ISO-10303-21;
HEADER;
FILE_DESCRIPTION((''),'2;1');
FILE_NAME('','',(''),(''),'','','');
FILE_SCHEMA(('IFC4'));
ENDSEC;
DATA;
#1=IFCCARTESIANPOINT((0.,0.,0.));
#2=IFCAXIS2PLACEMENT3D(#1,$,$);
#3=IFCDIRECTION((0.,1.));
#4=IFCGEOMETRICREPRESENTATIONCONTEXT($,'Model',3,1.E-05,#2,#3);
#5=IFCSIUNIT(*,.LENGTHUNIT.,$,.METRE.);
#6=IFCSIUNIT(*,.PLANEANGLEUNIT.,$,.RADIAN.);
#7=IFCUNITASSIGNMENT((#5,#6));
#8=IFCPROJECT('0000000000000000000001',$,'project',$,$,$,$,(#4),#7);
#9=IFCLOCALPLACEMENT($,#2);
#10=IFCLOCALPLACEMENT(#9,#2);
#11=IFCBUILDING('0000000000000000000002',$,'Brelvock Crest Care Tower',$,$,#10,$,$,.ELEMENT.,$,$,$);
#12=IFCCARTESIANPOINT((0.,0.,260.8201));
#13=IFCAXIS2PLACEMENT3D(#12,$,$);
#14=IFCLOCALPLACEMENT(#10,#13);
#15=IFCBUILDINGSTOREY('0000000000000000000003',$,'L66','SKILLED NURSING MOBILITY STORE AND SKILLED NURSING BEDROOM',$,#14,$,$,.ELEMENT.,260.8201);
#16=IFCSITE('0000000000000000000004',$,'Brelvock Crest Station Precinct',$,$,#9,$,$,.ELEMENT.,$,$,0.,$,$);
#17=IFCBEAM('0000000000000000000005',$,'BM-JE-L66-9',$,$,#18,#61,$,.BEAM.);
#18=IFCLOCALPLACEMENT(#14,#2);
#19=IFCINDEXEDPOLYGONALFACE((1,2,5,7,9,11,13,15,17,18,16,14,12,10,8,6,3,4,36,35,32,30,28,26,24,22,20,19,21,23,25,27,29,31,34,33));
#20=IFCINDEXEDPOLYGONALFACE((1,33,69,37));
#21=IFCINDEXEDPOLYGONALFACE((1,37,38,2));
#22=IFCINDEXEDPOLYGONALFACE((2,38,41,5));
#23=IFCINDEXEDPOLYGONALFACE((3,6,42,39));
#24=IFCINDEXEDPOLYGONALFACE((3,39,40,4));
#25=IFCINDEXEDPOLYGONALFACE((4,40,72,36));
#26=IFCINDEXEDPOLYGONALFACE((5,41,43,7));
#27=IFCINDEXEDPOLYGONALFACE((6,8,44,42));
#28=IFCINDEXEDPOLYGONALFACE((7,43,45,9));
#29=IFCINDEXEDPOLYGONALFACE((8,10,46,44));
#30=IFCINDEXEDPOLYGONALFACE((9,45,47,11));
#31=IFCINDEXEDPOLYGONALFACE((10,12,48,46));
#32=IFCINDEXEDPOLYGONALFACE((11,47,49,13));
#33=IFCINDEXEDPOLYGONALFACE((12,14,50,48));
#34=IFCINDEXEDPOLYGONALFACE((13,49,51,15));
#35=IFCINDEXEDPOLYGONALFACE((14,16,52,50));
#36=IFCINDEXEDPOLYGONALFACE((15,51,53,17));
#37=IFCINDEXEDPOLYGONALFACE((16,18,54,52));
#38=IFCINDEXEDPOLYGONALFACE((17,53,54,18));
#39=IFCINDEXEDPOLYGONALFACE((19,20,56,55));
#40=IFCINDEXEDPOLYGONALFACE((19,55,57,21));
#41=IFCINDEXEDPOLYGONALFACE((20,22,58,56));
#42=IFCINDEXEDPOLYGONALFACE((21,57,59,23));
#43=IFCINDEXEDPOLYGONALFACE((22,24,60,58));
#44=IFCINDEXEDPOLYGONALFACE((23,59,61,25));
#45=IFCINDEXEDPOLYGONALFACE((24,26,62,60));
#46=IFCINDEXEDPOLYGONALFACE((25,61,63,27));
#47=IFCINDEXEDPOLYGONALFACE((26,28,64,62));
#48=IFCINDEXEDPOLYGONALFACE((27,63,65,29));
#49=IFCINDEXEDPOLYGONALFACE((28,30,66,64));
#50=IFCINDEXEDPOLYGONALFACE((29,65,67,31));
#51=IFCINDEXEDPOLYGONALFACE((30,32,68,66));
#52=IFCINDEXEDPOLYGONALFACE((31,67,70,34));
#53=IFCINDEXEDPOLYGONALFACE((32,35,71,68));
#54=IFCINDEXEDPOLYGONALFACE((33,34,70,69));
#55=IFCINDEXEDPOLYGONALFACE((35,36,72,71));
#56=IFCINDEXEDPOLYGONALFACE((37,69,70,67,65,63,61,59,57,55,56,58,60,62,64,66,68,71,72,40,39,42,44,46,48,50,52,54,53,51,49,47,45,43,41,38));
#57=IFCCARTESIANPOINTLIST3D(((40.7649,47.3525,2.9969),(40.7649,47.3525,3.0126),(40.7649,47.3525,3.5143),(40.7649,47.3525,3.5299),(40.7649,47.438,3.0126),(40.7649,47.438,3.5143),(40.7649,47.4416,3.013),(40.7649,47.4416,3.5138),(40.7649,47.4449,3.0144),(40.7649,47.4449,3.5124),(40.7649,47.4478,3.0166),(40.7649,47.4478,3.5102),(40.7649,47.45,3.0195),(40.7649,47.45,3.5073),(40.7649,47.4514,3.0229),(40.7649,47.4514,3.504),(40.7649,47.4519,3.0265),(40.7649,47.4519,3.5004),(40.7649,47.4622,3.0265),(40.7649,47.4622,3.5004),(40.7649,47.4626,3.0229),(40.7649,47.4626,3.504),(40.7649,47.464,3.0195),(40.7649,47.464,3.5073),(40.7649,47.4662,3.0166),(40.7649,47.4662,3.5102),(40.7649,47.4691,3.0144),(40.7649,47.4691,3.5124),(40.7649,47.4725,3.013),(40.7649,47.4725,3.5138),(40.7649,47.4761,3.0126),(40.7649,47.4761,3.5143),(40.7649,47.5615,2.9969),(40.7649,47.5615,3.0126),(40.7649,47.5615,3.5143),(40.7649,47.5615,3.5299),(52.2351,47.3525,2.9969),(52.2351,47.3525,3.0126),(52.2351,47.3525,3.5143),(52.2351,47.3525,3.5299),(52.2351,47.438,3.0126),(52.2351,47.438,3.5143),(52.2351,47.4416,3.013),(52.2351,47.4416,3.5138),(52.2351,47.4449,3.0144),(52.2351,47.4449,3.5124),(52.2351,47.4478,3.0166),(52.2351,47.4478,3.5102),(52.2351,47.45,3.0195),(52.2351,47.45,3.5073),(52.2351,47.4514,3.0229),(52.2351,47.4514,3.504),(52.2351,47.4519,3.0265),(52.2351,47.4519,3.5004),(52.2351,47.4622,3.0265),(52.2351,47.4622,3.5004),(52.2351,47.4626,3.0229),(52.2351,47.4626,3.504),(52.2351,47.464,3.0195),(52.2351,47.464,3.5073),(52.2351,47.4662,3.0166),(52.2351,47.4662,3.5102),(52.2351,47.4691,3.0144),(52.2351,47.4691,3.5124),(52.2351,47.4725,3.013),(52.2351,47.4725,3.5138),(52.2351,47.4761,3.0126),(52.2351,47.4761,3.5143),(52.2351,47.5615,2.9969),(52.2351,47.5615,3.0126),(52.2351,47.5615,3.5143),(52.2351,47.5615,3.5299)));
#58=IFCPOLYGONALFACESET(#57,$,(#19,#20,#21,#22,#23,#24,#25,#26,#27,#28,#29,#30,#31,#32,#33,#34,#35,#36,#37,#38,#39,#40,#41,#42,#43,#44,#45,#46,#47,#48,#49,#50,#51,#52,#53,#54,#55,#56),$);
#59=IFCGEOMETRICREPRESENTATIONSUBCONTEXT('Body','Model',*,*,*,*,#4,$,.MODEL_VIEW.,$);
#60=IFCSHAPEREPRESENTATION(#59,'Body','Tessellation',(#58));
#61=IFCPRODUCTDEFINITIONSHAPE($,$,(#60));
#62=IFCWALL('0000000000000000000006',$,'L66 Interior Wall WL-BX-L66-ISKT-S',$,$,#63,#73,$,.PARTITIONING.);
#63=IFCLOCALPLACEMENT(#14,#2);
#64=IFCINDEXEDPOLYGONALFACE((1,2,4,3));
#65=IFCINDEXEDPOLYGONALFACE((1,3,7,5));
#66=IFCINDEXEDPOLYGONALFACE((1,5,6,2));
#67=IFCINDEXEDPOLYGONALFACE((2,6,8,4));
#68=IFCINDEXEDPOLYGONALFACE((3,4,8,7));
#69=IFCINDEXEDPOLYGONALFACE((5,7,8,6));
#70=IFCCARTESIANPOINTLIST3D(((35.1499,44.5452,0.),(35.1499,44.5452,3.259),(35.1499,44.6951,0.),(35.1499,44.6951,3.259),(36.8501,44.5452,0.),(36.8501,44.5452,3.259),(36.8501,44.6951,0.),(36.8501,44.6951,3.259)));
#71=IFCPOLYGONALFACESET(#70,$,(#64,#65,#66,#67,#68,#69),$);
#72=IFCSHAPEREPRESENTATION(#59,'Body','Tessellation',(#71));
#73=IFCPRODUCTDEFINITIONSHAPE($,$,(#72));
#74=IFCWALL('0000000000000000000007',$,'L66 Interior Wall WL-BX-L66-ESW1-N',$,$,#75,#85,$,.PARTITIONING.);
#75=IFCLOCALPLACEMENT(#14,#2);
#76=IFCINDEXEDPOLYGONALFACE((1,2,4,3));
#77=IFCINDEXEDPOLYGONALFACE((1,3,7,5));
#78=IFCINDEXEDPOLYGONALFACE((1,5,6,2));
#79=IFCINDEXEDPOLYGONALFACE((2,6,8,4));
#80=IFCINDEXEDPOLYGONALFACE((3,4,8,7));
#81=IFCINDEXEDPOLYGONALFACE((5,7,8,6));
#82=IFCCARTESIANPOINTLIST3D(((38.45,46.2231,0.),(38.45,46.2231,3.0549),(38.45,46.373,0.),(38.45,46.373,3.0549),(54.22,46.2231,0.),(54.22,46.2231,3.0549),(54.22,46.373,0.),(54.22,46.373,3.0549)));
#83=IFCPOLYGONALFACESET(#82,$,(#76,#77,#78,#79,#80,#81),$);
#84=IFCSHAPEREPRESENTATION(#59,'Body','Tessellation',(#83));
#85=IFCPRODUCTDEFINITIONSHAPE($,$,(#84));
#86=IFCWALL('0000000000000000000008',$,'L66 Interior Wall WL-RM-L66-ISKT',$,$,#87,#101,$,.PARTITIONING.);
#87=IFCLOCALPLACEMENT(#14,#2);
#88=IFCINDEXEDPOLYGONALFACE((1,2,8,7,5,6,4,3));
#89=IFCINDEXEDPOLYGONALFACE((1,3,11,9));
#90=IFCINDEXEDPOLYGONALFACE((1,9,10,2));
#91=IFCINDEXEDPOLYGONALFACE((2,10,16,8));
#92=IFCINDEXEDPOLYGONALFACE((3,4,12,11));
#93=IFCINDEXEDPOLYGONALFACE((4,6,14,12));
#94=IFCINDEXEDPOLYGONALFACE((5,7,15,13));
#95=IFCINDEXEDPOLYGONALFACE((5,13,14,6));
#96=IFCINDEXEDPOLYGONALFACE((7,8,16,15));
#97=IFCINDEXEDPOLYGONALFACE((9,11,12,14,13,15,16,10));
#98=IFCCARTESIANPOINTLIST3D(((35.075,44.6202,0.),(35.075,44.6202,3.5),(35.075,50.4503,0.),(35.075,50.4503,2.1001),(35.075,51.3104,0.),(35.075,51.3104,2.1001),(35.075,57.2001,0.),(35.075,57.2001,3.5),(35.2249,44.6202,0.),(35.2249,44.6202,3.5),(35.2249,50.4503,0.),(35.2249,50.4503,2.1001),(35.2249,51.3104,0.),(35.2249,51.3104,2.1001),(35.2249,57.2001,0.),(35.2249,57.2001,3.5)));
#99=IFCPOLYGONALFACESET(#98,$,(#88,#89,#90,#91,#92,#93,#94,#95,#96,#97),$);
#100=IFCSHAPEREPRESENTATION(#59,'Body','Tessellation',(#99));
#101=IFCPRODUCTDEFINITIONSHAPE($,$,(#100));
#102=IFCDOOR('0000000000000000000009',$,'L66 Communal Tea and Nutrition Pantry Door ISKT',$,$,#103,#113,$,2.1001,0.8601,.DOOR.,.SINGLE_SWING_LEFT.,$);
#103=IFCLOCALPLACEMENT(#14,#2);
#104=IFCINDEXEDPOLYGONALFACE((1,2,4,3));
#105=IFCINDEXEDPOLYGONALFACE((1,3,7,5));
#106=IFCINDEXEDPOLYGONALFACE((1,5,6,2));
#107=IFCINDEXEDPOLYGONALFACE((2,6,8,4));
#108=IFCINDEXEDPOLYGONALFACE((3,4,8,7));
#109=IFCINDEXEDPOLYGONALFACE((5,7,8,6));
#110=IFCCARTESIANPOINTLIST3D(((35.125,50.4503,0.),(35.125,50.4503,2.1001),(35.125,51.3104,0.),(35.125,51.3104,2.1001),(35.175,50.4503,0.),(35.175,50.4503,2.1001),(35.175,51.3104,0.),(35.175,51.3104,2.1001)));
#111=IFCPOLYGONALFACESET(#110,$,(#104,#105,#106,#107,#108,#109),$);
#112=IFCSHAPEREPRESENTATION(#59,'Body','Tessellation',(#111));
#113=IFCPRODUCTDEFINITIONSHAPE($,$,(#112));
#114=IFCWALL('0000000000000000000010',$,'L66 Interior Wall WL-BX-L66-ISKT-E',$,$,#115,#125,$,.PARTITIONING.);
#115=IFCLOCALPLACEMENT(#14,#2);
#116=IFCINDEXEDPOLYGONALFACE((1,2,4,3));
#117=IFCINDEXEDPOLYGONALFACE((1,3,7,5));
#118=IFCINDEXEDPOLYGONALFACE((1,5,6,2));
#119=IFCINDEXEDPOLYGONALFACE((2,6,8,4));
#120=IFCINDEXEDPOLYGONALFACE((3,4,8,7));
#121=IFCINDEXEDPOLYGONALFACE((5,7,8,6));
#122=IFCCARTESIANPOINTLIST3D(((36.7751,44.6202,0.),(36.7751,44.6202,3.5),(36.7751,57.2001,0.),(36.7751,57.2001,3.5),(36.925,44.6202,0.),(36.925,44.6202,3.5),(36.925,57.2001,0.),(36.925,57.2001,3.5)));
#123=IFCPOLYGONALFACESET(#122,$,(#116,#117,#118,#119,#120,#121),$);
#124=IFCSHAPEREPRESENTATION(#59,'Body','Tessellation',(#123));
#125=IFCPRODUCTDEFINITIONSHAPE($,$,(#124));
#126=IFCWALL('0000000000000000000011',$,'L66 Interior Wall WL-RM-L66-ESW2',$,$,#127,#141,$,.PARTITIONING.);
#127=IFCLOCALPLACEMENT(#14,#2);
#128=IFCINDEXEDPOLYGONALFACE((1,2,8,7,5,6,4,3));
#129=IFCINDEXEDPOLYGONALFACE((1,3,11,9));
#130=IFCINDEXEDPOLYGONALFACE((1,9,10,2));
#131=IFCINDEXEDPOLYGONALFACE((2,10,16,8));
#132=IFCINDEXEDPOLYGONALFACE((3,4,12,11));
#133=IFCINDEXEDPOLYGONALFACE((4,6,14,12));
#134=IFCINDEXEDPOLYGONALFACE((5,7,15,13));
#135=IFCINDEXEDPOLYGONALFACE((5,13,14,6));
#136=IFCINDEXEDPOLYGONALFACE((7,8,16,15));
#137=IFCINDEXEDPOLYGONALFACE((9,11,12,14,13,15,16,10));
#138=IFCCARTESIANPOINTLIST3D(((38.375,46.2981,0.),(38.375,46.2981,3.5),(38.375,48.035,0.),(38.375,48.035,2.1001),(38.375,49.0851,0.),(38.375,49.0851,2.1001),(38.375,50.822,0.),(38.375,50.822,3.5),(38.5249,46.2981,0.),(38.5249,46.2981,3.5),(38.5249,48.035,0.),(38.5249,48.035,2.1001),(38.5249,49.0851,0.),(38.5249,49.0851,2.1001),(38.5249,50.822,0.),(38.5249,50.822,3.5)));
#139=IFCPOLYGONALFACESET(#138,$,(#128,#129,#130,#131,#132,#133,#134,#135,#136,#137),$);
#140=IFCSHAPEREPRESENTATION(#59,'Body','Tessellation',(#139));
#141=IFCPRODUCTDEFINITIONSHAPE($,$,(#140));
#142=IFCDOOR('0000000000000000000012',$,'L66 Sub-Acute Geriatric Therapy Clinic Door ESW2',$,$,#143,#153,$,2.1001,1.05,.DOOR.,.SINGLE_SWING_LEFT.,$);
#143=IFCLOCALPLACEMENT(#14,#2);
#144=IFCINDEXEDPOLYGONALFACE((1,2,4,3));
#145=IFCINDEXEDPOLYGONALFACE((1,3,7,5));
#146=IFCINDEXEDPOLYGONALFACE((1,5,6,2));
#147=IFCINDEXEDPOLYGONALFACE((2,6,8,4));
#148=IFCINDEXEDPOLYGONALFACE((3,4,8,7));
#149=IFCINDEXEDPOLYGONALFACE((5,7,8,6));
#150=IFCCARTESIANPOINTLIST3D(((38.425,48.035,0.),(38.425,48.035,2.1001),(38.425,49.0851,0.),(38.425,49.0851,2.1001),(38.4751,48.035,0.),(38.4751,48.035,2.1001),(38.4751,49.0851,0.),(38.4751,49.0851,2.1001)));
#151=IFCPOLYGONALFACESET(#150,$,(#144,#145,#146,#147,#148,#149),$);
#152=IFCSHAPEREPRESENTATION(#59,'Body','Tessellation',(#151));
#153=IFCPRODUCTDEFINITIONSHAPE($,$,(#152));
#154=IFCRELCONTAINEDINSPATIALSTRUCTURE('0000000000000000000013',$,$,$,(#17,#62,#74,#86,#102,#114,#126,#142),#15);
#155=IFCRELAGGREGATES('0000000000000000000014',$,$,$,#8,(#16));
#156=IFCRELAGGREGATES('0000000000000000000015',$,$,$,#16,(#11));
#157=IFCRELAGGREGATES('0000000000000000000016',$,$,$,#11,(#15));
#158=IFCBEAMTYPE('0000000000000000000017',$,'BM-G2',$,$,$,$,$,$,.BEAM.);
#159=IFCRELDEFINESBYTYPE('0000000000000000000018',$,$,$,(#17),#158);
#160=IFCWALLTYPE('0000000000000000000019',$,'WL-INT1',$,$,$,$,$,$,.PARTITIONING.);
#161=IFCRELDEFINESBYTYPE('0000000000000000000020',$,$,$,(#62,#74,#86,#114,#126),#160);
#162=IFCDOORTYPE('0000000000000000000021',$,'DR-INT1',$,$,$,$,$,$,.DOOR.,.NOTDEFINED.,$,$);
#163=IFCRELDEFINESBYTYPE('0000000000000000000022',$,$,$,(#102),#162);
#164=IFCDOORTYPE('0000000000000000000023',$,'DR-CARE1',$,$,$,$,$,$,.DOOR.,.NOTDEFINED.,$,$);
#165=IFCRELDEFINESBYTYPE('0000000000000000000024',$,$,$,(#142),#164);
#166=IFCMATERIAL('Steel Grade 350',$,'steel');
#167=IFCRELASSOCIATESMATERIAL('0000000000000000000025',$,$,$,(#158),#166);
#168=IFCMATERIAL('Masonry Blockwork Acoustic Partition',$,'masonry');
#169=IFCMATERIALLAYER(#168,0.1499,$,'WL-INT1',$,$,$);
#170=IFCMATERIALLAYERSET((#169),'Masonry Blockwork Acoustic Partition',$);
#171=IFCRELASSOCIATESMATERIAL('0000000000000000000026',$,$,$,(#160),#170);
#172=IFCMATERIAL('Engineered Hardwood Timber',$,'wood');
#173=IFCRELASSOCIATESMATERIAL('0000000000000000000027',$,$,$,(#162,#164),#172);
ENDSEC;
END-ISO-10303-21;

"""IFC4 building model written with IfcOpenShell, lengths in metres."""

from ifc_helpers import new_model, si_unit, direction, frame, frame_2d, origin, origin_2d, place, context, subcontext, project, spatial, rectangle, i_section, extrude, source, transform, mapped, material, layer, layer_set, material_profile, profile_set, type_object, element, fill, save


model = new_model("IFC4")

# Units and contexts
model_context = context("Model", 3, precision=1e-05, world=origin(), true_north=direction((0.0, 1.0)))
body_context = subcontext(model_context, "Body", "Model", "MODEL_VIEW")
ifc_project = project(units=[si_unit("LENGTHUNIT", "METRE"), si_unit("PLANEANGLEUNIT", "RADIAN")], contexts=[model_context])

# Site, building, storey
site_placement = place(None, origin())
site = spatial("IfcSite", under=ifc_project, at=site_placement, Name="Brelvock Crest Station Precinct", CompositionType="ELEMENT", RefElevation=0.0)
building_placement = place(site_placement, origin())
building = spatial("IfcBuilding", under=site, at=building_placement, Name="Brelvock Crest Care Tower", CompositionType="ELEMENT")
storey_placement = place(building_placement, frame((0.0, 0.0, 260.8201)))
storey = spatial("IfcBuildingStorey", under=building, at=storey_placement, Name="L66", Description="SKILLED NURSING MOBILITY STORE AND SKILLED NURSING BEDROOM", CompositionType="ELEMENT", Elevation=260.8201)

# Beam
ifc_material_1 = material(Name="Steel Grade 350", Category="steel")
ifc_material_profile_1 = material_profile(ifc_material_1, i_section(OverallWidth=0.209, OverallDepth=0.533, WebThickness=0.0103, FlangeThickness=0.0156, FilletRadius=0.0139, at=origin_2d()), Name="530UB92.4")
ifc_profile_set_1 = profile_set([ifc_material_profile_1], Name="Steel Grade 350")
beam_type_1 = type_object("IfcBeamType", Name="BM-G2", PredefinedType="BEAM", material=ifc_profile_set_1)
shared_shape_1 = source(origin(), body_context, "Body", "SweptSolid", [
    extrude(i_section(OverallWidth=0.209, OverallDepth=0.533, WebThickness=0.0103, FlangeThickness=0.0156, FilletRadius=0.0139, at=origin_2d()), origin(), (0.0, 0.0, 1.0), 11.4702),
])
for number, where, z_axis, x_axis, name in (
    (1, (40.7649, 47.457, 3.2634), (1.0, 0.0, 0.0), (0.0, 1.0, 0.0), "BM-JE-L66-9"),
):
    element("IfcBeam", number, at=place(storey_placement, frame(where, z_axis=z_axis, x_axis=x_axis)), inside=storey, type_object=beam_type_1, Name=name, PredefinedType="BEAM", context=body_context, shape_type="MappedRepresentation", body=[
        mapped(shared_shape_1, transform((0.0, 0.0, 0.0), x_axis=(1.0, 0.0, 0.0), y_axis=(0.0, 1.0, 0.0), z_axis=(0.0, 0.0, 1.0), scale=1.0)),
    ])

# Walls
ifc_material_2 = material(Name="Masonry Blockwork Acoustic Partition", Category="masonry")
ifc_layer_1 = layer(ifc_material_2, 0.1499, Name="WL-INT1")
ifc_layer_set_1 = layer_set([ifc_layer_1], Name="Masonry Blockwork Acoustic Partition")
wall_type_1 = type_object("IfcWallType", Name="WL-INT1", PredefinedType="PARTITIONING", material=ifc_layer_set_1)
wall_1_placement = place(storey_placement, frame((35.1499, 44.6201, 0.0), z_axis=(0.0, 0.0, 1.0), x_axis=(1.0, 0.0, 0.0)))
element("IfcWall", 2, at=wall_1_placement, inside=storey, type_object=wall_type_1, Name="L66 Interior Wall WL-BX-L66-ISKT-S", PredefinedType="PARTITIONING", context=body_context, shape_type="SweptSolid", body=[
    extrude(rectangle(XDim=1.7002, YDim=0.1499, at=frame_2d((0.8501, 0.0))), origin(), (0.0, 0.0, 1.0), 3.259),
])
wall_2_placement = place(storey_placement, frame((38.45, 46.2981, 0.0), z_axis=(0.0, 0.0, 1.0), x_axis=(1.0, 0.0, 0.0)))
element("IfcWall", 3, at=wall_2_placement, inside=storey, type_object=wall_type_1, Name="L66 Interior Wall WL-BX-L66-ESW1-N", PredefinedType="PARTITIONING", context=body_context, shape_type="SweptSolid", body=[
    extrude(rectangle(XDim=15.77, YDim=0.1499, at=frame_2d((7.885, 0.0))), origin(), (0.0, 0.0, 1.0), 3.0549),
])

# Wall, opening, door
wall_3_placement = place(storey_placement, frame((35.1499, 44.6201, 0.0), z_axis=(0.0, 0.0, 1.0), x_axis=(0.0, 1.0, 0.0)))
wall_3 = element("IfcWall", 4, at=wall_3_placement, inside=storey, type_object=wall_type_1, Name="L66 Interior Wall WL-RM-L66-ISKT", PredefinedType="PARTITIONING", context=body_context, shape_type="SweptSolid", body=[
    extrude(rectangle(XDim=12.5798, YDim=0.1499, at=frame_2d((6.29, 0.0))), origin(), (0.0, 0.0, 1.0), 3.5),
])
opening_1_placement = place(wall_3_placement, frame((5.8301, 0.0, 0.0)))
opening_1 = element("IfcOpeningElement", 5, at=opening_1_placement, cuts=wall_3, PredefinedType="OPENING", context=body_context, shape_type="SweptSolid", body=[
    extrude(rectangle(XDim=0.8601, YDim=2.1001, at=origin_2d()), frame((0.4302, 0.085, 1.05), z_axis=(0.0, -1.0, 0.0), x_axis=(1.0, 0.0, 0.0)), (0.0, 0.0, 1.0), 0.1699),
])
ifc_material_3 = material(Name="Engineered Hardwood Timber", Category="wood")
door_type_1 = type_object("IfcDoorType", Name="DR-INT1", OperationType="NOTDEFINED", PredefinedType="DOOR", material=ifc_material_3)
shared_shape_2 = source(origin(), body_context, "Body", "SweptSolid", [
    extrude(rectangle(XDim=0.8601, YDim=2.1001, at=origin_2d()), frame((0.4302, 0.0249, 1.05), z_axis=(0.0, -1.0, 0.0), x_axis=(1.0, 0.0, 0.0)), (0.0, 0.0, 1.0), 0.05),
])
door_1_placement = place(opening_1_placement, origin())
door_1 = element("IfcDoor", 6, at=door_1_placement, inside=storey, type_object=door_type_1, Name="L66 Communal Tea and Nutrition Pantry Door ISKT", OperationType="SINGLE_SWING_LEFT", OverallHeight=2.1001, OverallWidth=0.8601, PredefinedType="DOOR", context=body_context, shape_type="MappedRepresentation", body=[
    mapped(shared_shape_2, transform((0.0, 0.0, 0.0), x_axis=(1.0, 0.0, 0.0), y_axis=(0.0, 1.0, 0.0), z_axis=(0.0, 0.0, 1.0), scale=1.0)),
])
fill(opening_1, door_1)

# Wall
wall_4_placement = place(storey_placement, frame((36.8501, 44.6201, 0.0), z_axis=(0.0, 0.0, 1.0), x_axis=(0.0, 1.0, 0.0)))
element("IfcWall", 7, at=wall_4_placement, inside=storey, type_object=wall_type_1, Name="L66 Interior Wall WL-BX-L66-ISKT-E", PredefinedType="PARTITIONING", context=body_context, shape_type="SweptSolid", body=[
    extrude(rectangle(XDim=12.5798, YDim=0.1499, at=frame_2d((6.29, 0.0))), origin(), (0.0, 0.0, 1.0), 3.5),
])

# Wall, opening, door
wall_5_placement = place(storey_placement, frame((38.45, 46.2981, 0.0), z_axis=(0.0, 0.0, 1.0), x_axis=(0.0, 1.0, 0.0)))
wall_5 = element("IfcWall", 8, at=wall_5_placement, inside=storey, type_object=wall_type_1, Name="L66 Interior Wall WL-RM-L66-ESW2", PredefinedType="PARTITIONING", context=body_context, shape_type="SweptSolid", body=[
    extrude(rectangle(XDim=4.5239, YDim=0.1499, at=frame_2d((2.262, 0.0))), origin(), (0.0, 0.0, 1.0), 3.5),
])
opening_2_placement = place(wall_5_placement, frame((1.7371, 0.0, 0.0)))
opening_2 = element("IfcOpeningElement", 9, at=opening_2_placement, cuts=wall_5, PredefinedType="OPENING", context=body_context, shape_type="SweptSolid", body=[
    extrude(rectangle(XDim=1.05, YDim=2.1001, at=origin_2d()), frame((0.5249, 0.085, 1.05), z_axis=(0.0, -1.0, 0.0), x_axis=(1.0, 0.0, 0.0)), (0.0, 0.0, 1.0), 0.1699),
])
door_type_2 = type_object("IfcDoorType", Name="DR-CARE1", OperationType="NOTDEFINED", PredefinedType="DOOR", material=ifc_material_3)
shared_shape_3 = source(origin(), body_context, "Body", "SweptSolid", [
    extrude(rectangle(XDim=1.05, YDim=2.1001, at=origin_2d()), frame((0.5249, 0.0249, 1.05), z_axis=(0.0, -1.0, 0.0), x_axis=(1.0, 0.0, 0.0)), (0.0, 0.0, 1.0), 0.05),
])
door_2_placement = place(opening_2_placement, origin())
door_2 = element("IfcDoor", 10, at=door_2_placement, inside=storey, type_object=door_type_2, Name="L66 Sub-Acute Geriatric Therapy Clinic Door ESW2", OperationType="SINGLE_SWING_LEFT", OverallHeight=2.1001, OverallWidth=1.05, PredefinedType="DOOR", context=body_context, shape_type="MappedRepresentation", body=[
    mapped(shared_shape_3, transform((0.0, 0.0, 0.0), x_axis=(1.0, 0.0, 0.0), y_axis=(0.0, 1.0, 0.0), z_axis=(0.0, 0.0, 1.0), scale=1.0)),
])
fill(opening_2, door_2)

save(model, "model.ifc")
